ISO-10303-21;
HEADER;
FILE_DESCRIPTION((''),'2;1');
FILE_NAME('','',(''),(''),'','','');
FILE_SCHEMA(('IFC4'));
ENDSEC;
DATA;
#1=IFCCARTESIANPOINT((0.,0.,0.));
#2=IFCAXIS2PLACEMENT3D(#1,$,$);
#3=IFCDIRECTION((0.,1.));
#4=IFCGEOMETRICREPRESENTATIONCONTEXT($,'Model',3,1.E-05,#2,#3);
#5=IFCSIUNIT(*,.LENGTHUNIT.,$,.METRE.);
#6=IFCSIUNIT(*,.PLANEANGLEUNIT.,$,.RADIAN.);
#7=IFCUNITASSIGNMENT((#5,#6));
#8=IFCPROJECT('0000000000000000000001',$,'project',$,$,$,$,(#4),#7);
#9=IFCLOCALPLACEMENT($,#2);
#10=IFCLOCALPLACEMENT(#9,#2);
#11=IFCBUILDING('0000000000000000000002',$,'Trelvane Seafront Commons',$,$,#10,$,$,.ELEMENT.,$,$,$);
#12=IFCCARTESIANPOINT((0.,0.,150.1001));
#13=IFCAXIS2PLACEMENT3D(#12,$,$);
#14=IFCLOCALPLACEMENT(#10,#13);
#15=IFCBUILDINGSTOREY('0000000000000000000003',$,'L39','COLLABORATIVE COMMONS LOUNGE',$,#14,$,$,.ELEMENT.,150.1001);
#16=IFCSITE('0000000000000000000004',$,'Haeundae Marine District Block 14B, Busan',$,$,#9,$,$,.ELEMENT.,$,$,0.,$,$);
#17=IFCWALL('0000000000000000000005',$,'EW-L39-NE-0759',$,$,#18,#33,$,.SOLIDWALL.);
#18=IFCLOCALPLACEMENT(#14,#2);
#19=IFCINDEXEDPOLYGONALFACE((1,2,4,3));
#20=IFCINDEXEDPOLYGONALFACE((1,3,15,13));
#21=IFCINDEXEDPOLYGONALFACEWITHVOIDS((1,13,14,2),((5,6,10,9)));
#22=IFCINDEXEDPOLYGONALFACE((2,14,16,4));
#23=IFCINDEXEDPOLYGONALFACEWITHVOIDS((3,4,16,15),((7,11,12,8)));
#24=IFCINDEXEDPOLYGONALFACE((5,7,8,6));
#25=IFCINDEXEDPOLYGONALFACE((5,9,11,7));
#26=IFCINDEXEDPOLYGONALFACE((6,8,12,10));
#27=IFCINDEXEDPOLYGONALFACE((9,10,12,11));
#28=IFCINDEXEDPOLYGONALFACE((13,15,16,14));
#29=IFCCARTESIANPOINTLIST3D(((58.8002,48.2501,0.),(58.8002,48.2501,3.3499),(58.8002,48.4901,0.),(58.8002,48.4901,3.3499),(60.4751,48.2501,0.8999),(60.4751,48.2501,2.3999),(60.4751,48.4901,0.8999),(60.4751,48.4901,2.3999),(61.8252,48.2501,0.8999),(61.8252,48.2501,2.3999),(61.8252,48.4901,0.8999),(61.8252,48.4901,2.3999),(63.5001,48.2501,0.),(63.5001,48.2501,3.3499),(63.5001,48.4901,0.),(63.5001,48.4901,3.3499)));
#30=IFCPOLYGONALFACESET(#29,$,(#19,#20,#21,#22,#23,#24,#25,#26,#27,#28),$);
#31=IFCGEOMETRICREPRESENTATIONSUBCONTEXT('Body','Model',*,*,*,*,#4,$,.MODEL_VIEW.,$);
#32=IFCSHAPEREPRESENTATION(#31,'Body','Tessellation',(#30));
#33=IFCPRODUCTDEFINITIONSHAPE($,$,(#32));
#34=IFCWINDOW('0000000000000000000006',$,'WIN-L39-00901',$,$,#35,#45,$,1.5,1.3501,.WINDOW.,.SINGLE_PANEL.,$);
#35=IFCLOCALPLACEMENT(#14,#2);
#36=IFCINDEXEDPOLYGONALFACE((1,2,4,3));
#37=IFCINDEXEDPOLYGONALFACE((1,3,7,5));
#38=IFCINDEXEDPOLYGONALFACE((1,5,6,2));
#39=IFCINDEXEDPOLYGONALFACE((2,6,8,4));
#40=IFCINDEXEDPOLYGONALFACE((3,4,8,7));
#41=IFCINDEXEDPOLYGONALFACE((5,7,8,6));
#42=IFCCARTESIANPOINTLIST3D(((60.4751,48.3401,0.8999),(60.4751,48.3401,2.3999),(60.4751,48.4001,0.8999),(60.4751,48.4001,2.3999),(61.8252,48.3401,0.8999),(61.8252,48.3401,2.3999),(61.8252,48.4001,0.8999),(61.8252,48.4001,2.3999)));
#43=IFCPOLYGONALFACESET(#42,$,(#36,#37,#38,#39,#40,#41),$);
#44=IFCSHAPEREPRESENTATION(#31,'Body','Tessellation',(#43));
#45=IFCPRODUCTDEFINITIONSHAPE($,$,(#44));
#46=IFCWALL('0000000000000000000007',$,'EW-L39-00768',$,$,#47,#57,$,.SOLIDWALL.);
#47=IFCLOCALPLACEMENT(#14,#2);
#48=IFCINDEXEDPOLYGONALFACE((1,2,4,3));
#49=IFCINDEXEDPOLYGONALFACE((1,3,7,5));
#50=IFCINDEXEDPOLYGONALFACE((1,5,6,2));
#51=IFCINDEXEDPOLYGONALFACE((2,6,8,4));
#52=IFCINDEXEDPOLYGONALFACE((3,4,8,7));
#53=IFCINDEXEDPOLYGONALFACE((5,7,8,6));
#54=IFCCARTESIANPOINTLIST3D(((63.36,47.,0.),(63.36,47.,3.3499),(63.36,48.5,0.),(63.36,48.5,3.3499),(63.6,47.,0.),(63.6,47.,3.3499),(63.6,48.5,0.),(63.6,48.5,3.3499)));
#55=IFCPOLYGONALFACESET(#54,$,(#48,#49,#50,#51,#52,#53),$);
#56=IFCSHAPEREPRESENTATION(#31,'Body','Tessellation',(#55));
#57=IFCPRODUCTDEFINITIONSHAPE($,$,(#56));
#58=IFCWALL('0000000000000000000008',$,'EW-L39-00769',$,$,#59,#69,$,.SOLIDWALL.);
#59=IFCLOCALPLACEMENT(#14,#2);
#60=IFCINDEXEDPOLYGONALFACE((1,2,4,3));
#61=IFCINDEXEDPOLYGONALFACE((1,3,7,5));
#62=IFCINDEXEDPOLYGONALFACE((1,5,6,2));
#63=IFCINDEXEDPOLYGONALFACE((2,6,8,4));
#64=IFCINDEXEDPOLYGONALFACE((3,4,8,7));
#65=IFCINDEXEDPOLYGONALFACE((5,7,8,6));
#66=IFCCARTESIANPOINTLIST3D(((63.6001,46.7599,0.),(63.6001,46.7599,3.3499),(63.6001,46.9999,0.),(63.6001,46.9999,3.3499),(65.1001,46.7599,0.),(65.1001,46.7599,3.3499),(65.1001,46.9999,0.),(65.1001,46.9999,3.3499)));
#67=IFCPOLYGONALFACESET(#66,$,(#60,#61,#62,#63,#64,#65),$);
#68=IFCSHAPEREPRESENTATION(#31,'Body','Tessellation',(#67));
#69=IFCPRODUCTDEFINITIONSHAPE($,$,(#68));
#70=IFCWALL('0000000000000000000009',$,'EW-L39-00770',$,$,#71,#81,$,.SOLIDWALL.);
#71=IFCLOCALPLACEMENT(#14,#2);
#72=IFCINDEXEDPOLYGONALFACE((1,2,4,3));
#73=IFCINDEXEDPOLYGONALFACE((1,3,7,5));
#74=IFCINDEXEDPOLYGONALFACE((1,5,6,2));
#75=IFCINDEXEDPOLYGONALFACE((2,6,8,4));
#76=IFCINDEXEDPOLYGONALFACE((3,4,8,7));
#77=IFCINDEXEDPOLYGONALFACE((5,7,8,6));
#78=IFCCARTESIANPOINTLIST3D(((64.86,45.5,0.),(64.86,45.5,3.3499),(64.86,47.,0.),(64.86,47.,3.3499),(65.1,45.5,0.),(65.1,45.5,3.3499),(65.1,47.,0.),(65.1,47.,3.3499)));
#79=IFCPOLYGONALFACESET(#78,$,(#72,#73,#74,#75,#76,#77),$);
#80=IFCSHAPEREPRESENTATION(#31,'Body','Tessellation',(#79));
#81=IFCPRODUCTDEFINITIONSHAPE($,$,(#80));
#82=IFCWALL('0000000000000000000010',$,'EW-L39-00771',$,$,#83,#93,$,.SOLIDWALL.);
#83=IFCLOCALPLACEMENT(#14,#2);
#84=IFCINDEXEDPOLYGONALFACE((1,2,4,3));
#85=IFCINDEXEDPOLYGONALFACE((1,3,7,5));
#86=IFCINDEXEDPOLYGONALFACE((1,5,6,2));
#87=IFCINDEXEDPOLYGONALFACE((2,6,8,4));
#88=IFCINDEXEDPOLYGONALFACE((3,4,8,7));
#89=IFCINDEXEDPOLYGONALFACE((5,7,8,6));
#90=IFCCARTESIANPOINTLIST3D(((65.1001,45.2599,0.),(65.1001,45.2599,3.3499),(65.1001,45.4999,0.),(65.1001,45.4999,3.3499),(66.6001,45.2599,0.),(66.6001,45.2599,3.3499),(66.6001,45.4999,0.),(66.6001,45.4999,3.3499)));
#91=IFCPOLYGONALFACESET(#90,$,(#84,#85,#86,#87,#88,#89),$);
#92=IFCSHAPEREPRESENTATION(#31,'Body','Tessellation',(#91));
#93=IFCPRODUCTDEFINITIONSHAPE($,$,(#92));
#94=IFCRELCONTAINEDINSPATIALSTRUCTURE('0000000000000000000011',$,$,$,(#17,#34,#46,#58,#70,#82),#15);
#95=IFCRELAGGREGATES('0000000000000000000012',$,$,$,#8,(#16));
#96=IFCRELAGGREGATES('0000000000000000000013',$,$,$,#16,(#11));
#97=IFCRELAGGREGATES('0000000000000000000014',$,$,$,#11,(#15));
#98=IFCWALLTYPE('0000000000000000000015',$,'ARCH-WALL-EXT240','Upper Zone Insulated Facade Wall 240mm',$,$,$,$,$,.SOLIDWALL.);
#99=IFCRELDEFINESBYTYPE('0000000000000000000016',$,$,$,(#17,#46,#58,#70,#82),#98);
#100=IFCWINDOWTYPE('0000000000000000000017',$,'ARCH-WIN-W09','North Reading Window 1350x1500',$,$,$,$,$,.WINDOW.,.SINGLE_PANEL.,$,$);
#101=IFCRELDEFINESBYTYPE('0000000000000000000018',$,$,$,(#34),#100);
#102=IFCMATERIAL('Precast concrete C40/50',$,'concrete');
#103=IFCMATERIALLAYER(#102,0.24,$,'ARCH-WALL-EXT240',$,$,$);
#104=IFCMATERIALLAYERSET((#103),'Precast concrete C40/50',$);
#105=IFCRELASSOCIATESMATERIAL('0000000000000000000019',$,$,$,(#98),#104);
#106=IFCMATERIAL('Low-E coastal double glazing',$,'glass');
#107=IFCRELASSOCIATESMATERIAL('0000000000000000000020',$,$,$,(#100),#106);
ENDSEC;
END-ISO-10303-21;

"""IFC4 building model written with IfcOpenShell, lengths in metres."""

from ifc_helpers import new_model, si_unit, direction, frame, frame_2d, origin, place, context, subcontext, project, spatial, rectangle, extrude, source, transform, mapped, material, layer, layer_set, type_object, element, fill, save


model = new_model("IFC4")

# Units and contexts
model_context = context("Model", 3, precision=1e-05, world=origin(), true_north=direction((0.0, 1.0)))
body_context = subcontext(model_context, "Body", "Model", "MODEL_VIEW")
ifc_project = project(units=[si_unit("LENGTHUNIT", "METRE"), si_unit("PLANEANGLEUNIT", "RADIAN")], contexts=[model_context])

# Site, building, storey
site_placement = place(None, origin())
site = spatial("IfcSite", under=ifc_project, at=site_placement, Name="Haeundae Marine District Block 14B, Busan", CompositionType="ELEMENT", RefElevation=0.0)
building_placement = place(site_placement, origin())
building = spatial("IfcBuilding", under=site, at=building_placement, Name="Trelvane Seafront Commons", CompositionType="ELEMENT")
storey_placement = place(building_placement, frame((0.0, 0.0, 150.1001)))
storey = spatial("IfcBuildingStorey", under=building, at=storey_placement, Name="L39", Description="COLLABORATIVE COMMONS LOUNGE", CompositionType="ELEMENT", Elevation=150.1001)

# Shared definitions
ifc_material_1 = material(Name="Low-E coastal double glazing", Category="glass")

# Wall, opening, window
ifc_material_2 = material(Name="Precast concrete C40/50", Category="concrete")
ifc_layer_1 = layer(ifc_material_2, 0.24, Name="ARCH-WALL-EXT240")
ifc_layer_set_1 = layer_set([ifc_layer_1], Name="Precast concrete C40/50")
wall_type_1 = type_object("IfcWallType", Name="ARCH-WALL-EXT240", Description="Upper Zone Insulated Facade Wall 240mm", PredefinedType="SOLIDWALL", material=ifc_layer_set_1)
wall_1_placement = place(storey_placement, frame((58.8, 48.3701, 0.0), z_axis=(0.0, 0.0, 1.0), x_axis=(1.0, 0.0, 0.0)))
wall_1 = element("IfcWall", 1, at=wall_1_placement, inside=storey, type_object=wall_type_1, Name="EW-L39-NE-0759", PredefinedType="SOLIDWALL", context=body_context, shape_type="SweptSolid", body=[
    extrude(rectangle(XDim=4.7, YDim=0.24, at=frame_2d((2.3501, 0.0))), origin(), (0.0, 0.0, 1.0), 3.3499),
])
opening_1_placement = place(wall_1_placement, frame((1.675, 0.0, 0.8999)))
opening_1 = element("IfcOpeningElement", 2, at=opening_1_placement, cuts=wall_1, PredefinedType="OPENING", context=body_context, shape_type="SweptSolid", body=[
    extrude(rectangle(XDim=1.3501, YDim=1.5, at=frame_2d((0.675, 0.75))), frame((0.0, 0.1299, 0.0), z_axis=(0.0, -1.0, 0.0), x_axis=(1.0, 0.0, 0.0)), (0.0, 0.0, 1.0), 0.26),
])
window_type_1 = type_object("IfcWindowType", Name="ARCH-WIN-W09", Description="North Reading Window 1350x1500", PartitioningType="SINGLE_PANEL", PredefinedType="WINDOW", material=ifc_material_1)
shared_shape_1 = source(origin(), body_context, "Body", "SweptSolid", [
    extrude(rectangle(XDim=1.3501, YDim=1.5, at=frame_2d((0.675, 0.75))), frame((0.0, 0.03, 0.0), z_axis=(0.0, -1.0, 0.0), x_axis=(1.0, 0.0, 0.0)), (0.0, 0.0, 1.0), 0.0601),
])
window_1_placement = place(opening_1_placement, origin())
window_1 = element("IfcWindow", 3, at=window_1_placement, inside=storey, type_object=window_type_1, Name="WIN-L39-00901", OverallHeight=1.5, OverallWidth=1.3501, PartitioningType="SINGLE_PANEL", PredefinedType="WINDOW", context=body_context, shape_type="MappedRepresentation", body=[
    mapped(shared_shape_1, transform((0.0, 0.0, 0.0), x_axis=(1.0, 0.0, 0.0), y_axis=(0.0, 1.0, 0.0), z_axis=(0.0, 0.0, 1.0), scale=1.0)),
])
fill(opening_1, window_1)

# Walls
for number, where, z_axis, x_axis, name in (
    (4, (63.48, 48.5, 0.0), (0.0, 0.0, 1.0), (0.0, -1.0, 0.0), "EW-L39-00768"),
    (5, (63.6001, 46.8799, 0.0), (0.0, 0.0, 1.0), (1.0, 0.0, 0.0), "EW-L39-00769"),
    (6, (64.98, 47.0, 0.0), (0.0, 0.0, 1.0), (0.0, -1.0, 0.0), "EW-L39-00770"),
    (7, (65.1001, 45.3799, 0.0), (0.0, 0.0, 1.0), (1.0, 0.0, 0.0), "EW-L39-00771"),
):
    element("IfcWall", number, at=place(storey_placement, frame(where, z_axis=z_axis, x_axis=x_axis)), inside=storey, type_object=wall_type_1, Name=name, PredefinedType="SOLIDWALL", context=body_context, shape_type="SweptSolid", body=[
        extrude(rectangle(XDim=1.5, YDim=0.24, at=frame_2d((0.75, 0.0))), origin(), (0.0, 0.0, 1.0), 3.3499),
    ])

save(model, "model.ifc")
